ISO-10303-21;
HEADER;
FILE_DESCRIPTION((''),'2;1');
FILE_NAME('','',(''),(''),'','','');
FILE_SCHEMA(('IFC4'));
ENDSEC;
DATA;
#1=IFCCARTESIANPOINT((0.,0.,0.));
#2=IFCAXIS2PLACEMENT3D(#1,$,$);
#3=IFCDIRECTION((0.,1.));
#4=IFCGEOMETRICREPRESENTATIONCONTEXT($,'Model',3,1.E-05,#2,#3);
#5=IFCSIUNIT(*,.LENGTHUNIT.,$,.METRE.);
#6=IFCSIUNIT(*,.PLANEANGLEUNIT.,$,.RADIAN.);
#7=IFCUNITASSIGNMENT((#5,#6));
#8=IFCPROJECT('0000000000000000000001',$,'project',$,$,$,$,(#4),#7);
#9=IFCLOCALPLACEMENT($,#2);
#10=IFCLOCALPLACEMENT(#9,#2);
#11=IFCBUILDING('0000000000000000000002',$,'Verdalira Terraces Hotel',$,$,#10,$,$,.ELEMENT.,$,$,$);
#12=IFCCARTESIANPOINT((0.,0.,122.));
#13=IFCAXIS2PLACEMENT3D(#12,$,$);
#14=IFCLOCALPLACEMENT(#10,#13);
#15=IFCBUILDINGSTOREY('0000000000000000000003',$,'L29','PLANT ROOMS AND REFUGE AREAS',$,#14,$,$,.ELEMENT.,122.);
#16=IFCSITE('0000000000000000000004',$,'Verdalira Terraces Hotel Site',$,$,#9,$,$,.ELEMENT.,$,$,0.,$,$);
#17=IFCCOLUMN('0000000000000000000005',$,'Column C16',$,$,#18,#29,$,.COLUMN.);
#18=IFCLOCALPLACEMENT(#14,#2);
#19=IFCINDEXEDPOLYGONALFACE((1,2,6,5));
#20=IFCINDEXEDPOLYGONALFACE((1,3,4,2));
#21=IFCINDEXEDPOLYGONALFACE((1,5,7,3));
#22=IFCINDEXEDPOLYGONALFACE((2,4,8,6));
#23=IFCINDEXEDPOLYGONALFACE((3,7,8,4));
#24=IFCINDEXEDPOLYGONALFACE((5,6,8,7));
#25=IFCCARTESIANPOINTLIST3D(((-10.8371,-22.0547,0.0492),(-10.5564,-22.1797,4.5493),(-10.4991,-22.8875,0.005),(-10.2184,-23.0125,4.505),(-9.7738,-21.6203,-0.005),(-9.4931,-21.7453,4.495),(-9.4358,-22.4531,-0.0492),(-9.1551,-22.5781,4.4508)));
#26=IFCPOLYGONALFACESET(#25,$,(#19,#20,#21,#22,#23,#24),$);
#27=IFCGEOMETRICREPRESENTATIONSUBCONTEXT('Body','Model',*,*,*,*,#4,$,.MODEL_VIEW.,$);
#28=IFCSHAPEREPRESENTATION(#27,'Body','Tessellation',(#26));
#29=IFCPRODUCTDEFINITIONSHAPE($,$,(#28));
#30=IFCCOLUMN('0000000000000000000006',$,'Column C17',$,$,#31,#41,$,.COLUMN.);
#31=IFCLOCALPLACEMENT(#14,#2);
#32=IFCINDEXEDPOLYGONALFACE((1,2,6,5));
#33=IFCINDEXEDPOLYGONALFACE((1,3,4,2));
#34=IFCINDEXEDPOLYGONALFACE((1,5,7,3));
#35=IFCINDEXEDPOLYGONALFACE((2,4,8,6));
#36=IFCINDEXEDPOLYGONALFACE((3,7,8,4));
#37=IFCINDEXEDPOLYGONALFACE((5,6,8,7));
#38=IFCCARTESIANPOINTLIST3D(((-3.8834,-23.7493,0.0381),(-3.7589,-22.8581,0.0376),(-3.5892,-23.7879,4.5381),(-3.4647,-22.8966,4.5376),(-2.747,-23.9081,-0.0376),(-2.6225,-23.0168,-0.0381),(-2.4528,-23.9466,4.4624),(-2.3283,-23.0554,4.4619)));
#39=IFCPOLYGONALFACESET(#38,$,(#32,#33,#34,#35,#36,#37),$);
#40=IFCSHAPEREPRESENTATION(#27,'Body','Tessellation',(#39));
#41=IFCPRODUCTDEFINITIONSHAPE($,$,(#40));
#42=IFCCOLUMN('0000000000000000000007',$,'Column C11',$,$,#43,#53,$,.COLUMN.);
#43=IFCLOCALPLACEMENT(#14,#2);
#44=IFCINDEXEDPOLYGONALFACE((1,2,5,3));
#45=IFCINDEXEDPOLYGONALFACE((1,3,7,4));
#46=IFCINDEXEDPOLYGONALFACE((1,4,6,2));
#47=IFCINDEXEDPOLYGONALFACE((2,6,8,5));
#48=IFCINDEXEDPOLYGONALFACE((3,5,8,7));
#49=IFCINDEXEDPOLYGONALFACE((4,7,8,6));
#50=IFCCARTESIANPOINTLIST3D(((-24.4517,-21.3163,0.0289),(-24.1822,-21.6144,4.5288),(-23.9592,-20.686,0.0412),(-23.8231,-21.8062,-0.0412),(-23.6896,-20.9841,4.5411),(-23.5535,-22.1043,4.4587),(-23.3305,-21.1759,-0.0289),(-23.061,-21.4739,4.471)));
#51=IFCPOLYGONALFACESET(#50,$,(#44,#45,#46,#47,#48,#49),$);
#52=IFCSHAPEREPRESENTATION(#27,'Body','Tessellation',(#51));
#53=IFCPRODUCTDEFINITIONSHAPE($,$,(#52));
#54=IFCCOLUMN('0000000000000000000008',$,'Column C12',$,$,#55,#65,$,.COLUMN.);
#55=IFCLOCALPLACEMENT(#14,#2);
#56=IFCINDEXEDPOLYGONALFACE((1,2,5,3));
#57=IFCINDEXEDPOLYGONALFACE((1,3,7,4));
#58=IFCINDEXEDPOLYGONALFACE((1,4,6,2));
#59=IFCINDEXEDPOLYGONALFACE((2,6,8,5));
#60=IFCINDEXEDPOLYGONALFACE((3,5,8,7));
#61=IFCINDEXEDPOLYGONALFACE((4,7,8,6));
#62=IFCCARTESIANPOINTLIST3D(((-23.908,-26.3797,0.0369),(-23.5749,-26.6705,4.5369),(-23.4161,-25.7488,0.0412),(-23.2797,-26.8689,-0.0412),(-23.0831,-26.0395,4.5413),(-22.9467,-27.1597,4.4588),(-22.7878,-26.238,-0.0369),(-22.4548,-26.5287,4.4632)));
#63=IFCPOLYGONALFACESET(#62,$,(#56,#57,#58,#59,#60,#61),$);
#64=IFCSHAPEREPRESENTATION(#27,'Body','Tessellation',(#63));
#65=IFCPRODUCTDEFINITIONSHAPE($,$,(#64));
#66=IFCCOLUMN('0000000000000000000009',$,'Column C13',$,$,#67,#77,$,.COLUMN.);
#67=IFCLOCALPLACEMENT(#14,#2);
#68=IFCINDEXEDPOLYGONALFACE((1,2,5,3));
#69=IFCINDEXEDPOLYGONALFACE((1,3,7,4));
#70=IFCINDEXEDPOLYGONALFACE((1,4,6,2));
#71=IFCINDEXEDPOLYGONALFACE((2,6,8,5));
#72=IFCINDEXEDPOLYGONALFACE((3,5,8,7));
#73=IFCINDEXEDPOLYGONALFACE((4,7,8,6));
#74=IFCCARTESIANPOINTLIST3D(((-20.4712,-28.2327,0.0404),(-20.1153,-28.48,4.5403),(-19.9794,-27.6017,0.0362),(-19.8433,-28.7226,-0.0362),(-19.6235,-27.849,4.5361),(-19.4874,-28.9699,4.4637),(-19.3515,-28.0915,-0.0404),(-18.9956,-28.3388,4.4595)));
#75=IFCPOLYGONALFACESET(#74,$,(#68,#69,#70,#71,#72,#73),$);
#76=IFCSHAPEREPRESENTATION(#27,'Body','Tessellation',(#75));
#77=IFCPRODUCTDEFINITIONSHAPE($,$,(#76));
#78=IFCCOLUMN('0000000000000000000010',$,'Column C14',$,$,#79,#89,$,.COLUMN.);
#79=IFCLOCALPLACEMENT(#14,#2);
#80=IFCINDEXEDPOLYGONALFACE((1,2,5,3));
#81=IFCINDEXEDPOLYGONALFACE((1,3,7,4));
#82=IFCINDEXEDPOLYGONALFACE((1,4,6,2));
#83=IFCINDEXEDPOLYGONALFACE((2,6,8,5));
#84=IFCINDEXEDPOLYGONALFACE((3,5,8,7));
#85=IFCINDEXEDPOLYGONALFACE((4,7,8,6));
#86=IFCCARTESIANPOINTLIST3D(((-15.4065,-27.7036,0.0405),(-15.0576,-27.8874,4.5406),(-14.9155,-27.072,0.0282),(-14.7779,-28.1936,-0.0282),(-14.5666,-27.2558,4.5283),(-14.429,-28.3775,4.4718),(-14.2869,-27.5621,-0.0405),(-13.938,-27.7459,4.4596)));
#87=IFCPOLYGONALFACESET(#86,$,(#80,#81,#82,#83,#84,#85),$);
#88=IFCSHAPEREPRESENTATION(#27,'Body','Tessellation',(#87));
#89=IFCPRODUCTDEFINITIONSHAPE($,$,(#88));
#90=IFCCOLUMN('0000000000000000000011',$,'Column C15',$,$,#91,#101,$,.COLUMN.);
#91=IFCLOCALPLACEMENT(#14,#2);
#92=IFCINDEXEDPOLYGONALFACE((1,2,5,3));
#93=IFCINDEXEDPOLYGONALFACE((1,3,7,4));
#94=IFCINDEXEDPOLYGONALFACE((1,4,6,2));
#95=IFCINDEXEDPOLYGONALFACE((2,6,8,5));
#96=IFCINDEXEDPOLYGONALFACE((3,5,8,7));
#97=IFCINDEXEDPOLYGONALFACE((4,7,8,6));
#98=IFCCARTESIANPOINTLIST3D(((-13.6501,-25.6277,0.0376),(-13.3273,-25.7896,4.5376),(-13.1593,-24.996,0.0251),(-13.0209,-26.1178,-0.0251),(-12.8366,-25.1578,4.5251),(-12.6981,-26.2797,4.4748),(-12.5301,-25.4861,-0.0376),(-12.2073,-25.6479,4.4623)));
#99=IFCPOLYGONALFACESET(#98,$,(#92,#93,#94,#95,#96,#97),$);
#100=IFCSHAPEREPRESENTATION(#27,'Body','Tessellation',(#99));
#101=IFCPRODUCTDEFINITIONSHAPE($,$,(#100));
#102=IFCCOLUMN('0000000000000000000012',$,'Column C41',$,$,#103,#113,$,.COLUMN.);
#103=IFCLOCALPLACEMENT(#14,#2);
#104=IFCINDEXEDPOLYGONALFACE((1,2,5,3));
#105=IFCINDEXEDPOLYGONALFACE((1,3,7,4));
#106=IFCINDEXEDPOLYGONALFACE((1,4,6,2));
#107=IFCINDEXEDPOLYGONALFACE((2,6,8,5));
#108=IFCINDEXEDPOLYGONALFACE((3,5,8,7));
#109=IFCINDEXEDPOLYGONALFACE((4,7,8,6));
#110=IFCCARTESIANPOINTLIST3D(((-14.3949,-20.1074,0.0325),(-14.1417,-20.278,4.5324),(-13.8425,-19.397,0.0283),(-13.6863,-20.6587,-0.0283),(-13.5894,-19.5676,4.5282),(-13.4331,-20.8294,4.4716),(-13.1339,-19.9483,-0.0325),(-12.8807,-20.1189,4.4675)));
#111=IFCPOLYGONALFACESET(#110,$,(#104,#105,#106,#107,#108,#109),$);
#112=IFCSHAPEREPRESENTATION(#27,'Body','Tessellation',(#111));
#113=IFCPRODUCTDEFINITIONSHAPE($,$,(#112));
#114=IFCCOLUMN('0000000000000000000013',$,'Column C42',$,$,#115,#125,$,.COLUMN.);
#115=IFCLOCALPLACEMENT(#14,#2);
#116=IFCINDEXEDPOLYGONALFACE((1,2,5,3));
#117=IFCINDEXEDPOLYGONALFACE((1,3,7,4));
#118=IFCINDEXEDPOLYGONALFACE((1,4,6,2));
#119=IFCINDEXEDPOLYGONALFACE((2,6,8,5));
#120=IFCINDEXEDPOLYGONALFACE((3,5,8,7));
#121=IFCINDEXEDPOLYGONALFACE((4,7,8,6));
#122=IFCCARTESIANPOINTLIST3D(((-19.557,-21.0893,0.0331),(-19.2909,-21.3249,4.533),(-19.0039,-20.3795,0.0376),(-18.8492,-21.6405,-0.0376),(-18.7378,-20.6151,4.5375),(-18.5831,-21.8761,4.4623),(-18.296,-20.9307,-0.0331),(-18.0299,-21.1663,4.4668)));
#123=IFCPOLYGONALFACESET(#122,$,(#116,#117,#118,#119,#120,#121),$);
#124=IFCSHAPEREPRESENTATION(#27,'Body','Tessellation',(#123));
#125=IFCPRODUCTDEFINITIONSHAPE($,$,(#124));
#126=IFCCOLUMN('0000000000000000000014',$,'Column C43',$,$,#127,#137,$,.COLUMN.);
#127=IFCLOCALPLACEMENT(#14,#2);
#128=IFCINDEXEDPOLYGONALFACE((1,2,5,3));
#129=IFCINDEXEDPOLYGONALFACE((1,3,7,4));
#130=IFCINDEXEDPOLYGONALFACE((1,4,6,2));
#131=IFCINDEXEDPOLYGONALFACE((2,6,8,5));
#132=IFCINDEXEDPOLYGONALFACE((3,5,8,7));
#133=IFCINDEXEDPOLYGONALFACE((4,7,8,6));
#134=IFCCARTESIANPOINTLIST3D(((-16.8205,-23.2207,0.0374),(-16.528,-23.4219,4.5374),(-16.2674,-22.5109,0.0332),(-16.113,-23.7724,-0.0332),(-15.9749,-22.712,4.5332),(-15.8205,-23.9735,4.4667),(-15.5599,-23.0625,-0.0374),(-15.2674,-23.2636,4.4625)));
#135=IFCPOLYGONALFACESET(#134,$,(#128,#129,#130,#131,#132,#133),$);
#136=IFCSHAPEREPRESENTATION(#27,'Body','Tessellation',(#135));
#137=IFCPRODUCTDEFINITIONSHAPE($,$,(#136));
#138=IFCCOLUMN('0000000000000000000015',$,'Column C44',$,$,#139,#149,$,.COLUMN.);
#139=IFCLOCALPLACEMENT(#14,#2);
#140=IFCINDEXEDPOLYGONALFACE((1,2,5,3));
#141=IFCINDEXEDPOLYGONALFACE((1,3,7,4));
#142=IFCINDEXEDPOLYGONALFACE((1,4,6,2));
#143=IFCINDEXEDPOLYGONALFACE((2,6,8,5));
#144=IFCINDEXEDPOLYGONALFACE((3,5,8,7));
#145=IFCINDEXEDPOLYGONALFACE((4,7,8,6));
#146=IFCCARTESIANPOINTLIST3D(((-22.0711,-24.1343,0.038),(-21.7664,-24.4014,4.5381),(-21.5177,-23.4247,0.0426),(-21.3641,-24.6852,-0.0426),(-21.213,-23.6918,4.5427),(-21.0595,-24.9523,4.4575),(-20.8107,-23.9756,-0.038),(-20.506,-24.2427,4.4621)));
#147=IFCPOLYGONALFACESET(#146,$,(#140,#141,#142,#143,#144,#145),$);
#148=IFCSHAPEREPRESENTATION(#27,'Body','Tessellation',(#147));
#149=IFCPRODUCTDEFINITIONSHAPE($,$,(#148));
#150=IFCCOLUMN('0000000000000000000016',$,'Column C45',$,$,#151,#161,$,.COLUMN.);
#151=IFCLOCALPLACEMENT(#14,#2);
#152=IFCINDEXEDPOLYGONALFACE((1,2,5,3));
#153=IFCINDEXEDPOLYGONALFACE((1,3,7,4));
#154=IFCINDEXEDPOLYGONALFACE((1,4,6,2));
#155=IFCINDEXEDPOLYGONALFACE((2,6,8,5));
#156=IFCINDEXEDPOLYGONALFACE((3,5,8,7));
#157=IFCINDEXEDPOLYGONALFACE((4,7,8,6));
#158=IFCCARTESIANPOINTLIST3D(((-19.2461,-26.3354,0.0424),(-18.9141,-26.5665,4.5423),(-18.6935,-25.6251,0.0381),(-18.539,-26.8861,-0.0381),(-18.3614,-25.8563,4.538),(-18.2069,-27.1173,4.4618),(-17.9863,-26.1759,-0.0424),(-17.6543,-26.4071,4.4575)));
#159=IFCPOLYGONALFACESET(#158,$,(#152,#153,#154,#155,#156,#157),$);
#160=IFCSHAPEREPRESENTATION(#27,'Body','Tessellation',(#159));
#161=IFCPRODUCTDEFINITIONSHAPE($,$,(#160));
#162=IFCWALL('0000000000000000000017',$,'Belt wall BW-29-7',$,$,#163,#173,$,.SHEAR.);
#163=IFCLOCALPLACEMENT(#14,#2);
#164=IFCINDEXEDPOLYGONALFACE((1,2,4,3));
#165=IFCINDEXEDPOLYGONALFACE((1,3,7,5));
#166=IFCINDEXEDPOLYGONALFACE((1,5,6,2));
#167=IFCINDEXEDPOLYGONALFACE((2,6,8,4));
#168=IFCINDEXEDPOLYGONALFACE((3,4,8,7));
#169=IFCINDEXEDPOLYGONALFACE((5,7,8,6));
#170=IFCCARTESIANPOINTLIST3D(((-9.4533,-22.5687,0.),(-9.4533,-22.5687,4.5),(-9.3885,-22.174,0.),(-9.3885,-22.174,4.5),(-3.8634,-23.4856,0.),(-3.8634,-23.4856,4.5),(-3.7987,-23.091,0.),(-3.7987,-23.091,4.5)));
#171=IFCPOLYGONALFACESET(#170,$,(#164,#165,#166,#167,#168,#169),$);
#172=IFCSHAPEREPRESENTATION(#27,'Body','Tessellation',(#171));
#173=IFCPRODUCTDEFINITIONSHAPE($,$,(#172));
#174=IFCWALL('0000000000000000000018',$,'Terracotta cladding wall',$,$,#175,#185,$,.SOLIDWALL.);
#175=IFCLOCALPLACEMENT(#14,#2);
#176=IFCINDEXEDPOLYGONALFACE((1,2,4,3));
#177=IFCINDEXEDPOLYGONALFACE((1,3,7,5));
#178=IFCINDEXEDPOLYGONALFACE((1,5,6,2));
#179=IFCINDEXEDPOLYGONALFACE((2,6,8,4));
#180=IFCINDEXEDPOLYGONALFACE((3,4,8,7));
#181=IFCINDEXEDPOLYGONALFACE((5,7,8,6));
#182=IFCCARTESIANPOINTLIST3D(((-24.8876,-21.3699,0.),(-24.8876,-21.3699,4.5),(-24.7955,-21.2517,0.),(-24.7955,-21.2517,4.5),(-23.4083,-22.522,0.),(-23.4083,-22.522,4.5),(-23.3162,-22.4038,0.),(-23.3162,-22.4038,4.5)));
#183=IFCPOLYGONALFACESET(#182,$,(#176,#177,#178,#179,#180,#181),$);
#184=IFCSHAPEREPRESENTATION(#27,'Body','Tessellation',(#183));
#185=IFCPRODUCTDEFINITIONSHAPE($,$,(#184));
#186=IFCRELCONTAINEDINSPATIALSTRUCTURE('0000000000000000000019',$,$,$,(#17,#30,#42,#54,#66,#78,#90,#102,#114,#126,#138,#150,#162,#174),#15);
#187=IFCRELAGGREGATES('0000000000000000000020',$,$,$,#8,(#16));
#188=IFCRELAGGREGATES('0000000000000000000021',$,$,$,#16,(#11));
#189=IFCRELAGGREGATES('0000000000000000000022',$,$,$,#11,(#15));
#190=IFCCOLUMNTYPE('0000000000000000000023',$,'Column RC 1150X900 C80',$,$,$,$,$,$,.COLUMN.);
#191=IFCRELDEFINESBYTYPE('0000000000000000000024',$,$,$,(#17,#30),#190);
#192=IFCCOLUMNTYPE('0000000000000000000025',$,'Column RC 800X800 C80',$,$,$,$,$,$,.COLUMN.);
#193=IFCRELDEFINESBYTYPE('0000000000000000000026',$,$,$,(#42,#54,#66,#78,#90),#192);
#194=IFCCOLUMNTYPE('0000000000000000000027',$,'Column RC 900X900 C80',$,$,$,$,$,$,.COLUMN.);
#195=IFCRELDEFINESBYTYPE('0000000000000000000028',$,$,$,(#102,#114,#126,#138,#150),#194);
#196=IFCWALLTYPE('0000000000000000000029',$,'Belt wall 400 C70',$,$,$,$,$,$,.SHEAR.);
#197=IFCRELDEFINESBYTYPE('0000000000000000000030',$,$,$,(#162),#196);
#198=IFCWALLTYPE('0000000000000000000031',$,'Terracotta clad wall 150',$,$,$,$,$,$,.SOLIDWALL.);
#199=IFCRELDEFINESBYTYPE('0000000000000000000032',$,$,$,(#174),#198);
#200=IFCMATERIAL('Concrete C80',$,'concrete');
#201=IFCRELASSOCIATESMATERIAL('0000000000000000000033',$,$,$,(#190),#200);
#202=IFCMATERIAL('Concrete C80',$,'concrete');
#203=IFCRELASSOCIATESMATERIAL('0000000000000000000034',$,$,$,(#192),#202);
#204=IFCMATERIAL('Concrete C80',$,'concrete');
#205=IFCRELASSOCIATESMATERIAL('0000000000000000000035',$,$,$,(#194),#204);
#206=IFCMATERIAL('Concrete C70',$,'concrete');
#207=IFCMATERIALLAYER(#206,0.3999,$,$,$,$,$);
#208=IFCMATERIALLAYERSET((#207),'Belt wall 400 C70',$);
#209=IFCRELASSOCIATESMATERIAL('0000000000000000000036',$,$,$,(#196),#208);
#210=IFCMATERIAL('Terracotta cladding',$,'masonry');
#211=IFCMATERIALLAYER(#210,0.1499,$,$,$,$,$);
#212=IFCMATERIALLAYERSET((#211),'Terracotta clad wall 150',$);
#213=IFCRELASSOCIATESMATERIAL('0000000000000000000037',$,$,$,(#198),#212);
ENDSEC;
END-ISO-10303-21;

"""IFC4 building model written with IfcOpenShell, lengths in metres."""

from ifc_helpers import new_model, si_unit, direction, frame, frame_2d, origin, origin_2d, place, context, subcontext, project, spatial, rectangle, extrude, material, layer, layer_set, material_profile, profile_set, type_object, element, save


model = new_model("IFC4")

# Units and contexts
model_context = context("Model", 3, precision=1e-05, world=origin(), true_north=direction((0.0, 1.0)))
body_context = subcontext(model_context, "Body", "Model", "MODEL_VIEW")
ifc_project = project(units=[si_unit("LENGTHUNIT", "METRE"), si_unit("PLANEANGLEUNIT", "RADIAN")], contexts=[model_context])

# Site, building, storey
site_placement = place(None, origin())
site = spatial("IfcSite", under=ifc_project, at=site_placement, Name="Verdalira Terraces Hotel Site", CompositionType="ELEMENT", RefElevation=0.0)
building_placement = place(site_placement, origin())
building = spatial("IfcBuilding", under=site, at=building_placement, Name="Verdalira Terraces Hotel", CompositionType="ELEMENT")
storey_placement = place(building_placement, frame((0.0, 0.0, 122.0)))
storey = spatial("IfcBuildingStorey", under=building, at=storey_placement, Name="L29", Description="PLANT ROOMS AND REFUGE AREAS", CompositionType="ELEMENT", Elevation=122.0)

# Columns
ifc_material_1 = material(Name="Concrete C80", Category="concrete")
ifc_material_profile_1 = material_profile(ifc_material_1, rectangle(XDim=1.1499, YDim=0.8999, at=origin_2d()), Name="RC 1150X900")
ifc_profile_set_1 = profile_set([ifc_material_profile_1], Name="Concrete C80")
column_type_1 = type_object("IfcColumnType", Name="Column RC 1150X900 C80", PredefinedType="COLUMN", material=ifc_profile_set_1)
column_1_placement = place(storey_placement, frame((-10.1365, -22.2539, 0.0), z_axis=(0.062246, -0.027713, 0.997676), x_axis=(-0.92469, -0.377785, 0.047199)))
element("IfcColumn", 1, at=column_1_placement, inside=storey, type_object=column_type_1, Name="Column C16", PredefinedType="COLUMN", context=body_context, shape_type="SweptSolid", body=[
    extrude(rectangle(XDim=1.1499, YDim=0.8999, at=origin_2d()), origin(), (0.0, 0.0, 1.0), 4.5105),
])
column_2_placement = place(storey_placement, frame((-3.2529, -23.3831, 0.0), z_axis=(0.065234, -0.008553, 0.997833), x_axis=(0.988238, -0.138045, -0.06579)))
element("IfcColumn", 2, at=column_2_placement, inside=storey, type_object=column_type_1, Name="Column C17", PredefinedType="COLUMN", context=body_context, shape_type="SweptSolid", body=[
    extrude(rectangle(XDim=1.1499, YDim=0.8999, at=origin_2d()), origin(), (0.0, 0.0, 1.0), 4.5098),
])
ifc_material_2 = material(Name="Concrete C80", Category="concrete")
ifc_material_profile_2 = material_profile(ifc_material_2, rectangle(XDim=0.8, YDim=0.8, at=origin_2d()), Name="RC 800X800")
ifc_profile_set_2 = profile_set([ifc_material_profile_2], Name="Concrete C80")
column_type_2 = type_object("IfcColumnType", Name="Column RC 800X800 C80", PredefinedType="COLUMN", material=ifc_profile_set_2)
column_3_placement = place(storey_placement, frame((-23.8911, -21.2461, 0.0), z_axis=(0.059658, -0.065981, 0.996036), x_axis=(-0.615648, -0.787872, -0.015317)))
element("IfcColumn", 3, at=column_3_placement, inside=storey, type_object=column_type_2, Name="Column C11", PredefinedType="COLUMN", context=body_context, shape_type="SweptSolid", body=[
    extrude(rectangle(XDim=0.8, YDim=0.8, at=origin_2d()), origin(), (0.0, 0.0, 1.0), 4.5178),
])
column_4_placement = place(storey_placement, frame((-23.3479, -26.3088, 0.0), z_axis=(0.073647, -0.064306, 0.995209), x_axis=(0.785228, -0.611464, -0.097618)))
element("IfcColumn", 4, at=column_4_placement, inside=storey, type_object=column_type_2, Name="Column C12", PredefinedType="COLUMN", context=body_context, shape_type="SweptSolid", body=[
    extrude(rectangle(XDim=0.8, YDim=0.8, at=origin_2d()), origin(), (0.0, 0.0, 1.0), 4.5217),
])
column_5_placement = place(storey_placement, frame((-19.9114, -28.1621, 0.0), z_axis=(0.078737, -0.054706, 0.995393), x_axis=(0.784829, -0.612273, -0.095731)))
element("IfcColumn", 5, at=column_5_placement, inside=storey, type_object=column_type_2, Name="Column C13", PredefinedType="COLUMN", context=body_context, shape_type="SweptSolid", body=[
    extrude(rectangle(XDim=0.8, YDim=0.8, at=origin_2d()), origin(), (0.0, 0.0, 1.0), 4.5208),
])
column_6_placement = place(storey_placement, frame((-14.8467, -27.6328, 0.0), z_axis=(0.077232, -0.040697, 0.996182), x_axis=(0.613697, 0.789393, -0.01533)))
element("IfcColumn", 6, at=column_6_placement, inside=storey, type_object=column_type_2, Name="Column C14", PredefinedType="COLUMN", context=body_context, shape_type="SweptSolid", body=[
    extrude(rectangle(XDim=0.8, YDim=0.8, at=origin_2d()), origin(), (0.0, 0.0, 1.0), 4.5173),
])
column_7_placement = place(storey_placement, frame((-13.0901, -25.5569, 0.0), z_axis=(0.071493, -0.035855, 0.996796), x_axis=(0.613426, 0.789598, -0.015595)))
element("IfcColumn", 7, at=column_7_placement, inside=storey, type_object=column_type_2, Name="Column C15", PredefinedType="COLUMN", context=body_context, shape_type="SweptSolid", body=[
    extrude(rectangle(XDim=0.8, YDim=0.8, at=origin_2d()), origin(), (0.0, 0.0, 1.0), 4.5144),
])
ifc_material_3 = material(Name="Concrete C80", Category="concrete")
ifc_material_profile_3 = material_profile(ifc_material_3, rectangle(XDim=0.8999, YDim=0.8999, at=origin_2d()), Name="RC 900X900")
ifc_profile_set_3 = profile_set([ifc_material_profile_3], Name="Concrete C80")
column_type_3 = type_object("IfcColumnType", Name="Column RC 900X900 C80", PredefinedType="COLUMN", material=ifc_profile_set_3)
column_8_placement = place(storey_placement, frame((-13.7644, -20.0278, 0.0), z_axis=(0.056132, -0.037836, 0.997706), x_axis=(-0.6138, -0.789448, 0.004594)))
element("IfcColumn", 8, at=column_8_placement, inside=storey, type_object=column_type_3, Name="Column C41", PredefinedType="COLUMN", context=body_context, shape_type="SweptSolid", body=[
    extrude(rectangle(XDim=0.8999, YDim=0.8999, at=origin_2d()), origin(), (0.0, 0.0, 1.0), 4.5103),
])
for number, where, z_axis, x_axis, name in (
    (9, (-18.9265, -21.01, 0.0), (0.058953, -0.052192, 0.996895), (-0.614663, -0.788774, -0.004947), "Column C42"),
    (10, (-16.1902, -23.1416, 0.0), (0.064794, -0.044566, 0.996903), (-0.614588, -0.788835, 0.004681), "Column C43"),
):
    element("IfcColumn", number, at=place(storey_placement, frame(where, z_axis=z_axis, x_axis=x_axis)), inside=storey, type_object=column_type_3, Name=name, PredefinedType="COLUMN", context=body_context, shape_type="SweptSolid", body=[
        extrude(rectangle(XDim=0.8999, YDim=0.8999, at=origin_2d()), origin(), (0.0, 0.0, 1.0), 4.5139),
    ])
column_9_placement = place(storey_placement, frame((-21.4409, -24.0549, 0.0), z_axis=(0.067436, -0.059114, 0.995971), x_axis=(-0.615007, -0.788505, -0.005159)))
element("IfcColumn", 11, at=column_9_placement, inside=storey, type_object=column_type_3, Name="Column C44", PredefinedType="COLUMN", context=body_context, shape_type="SweptSolid", body=[
    extrude(rectangle(XDim=0.8999, YDim=0.8999, at=origin_2d()), origin(), (0.0, 0.0, 1.0), 4.5183),
])
column_10_placement = place(storey_placement, frame((-18.6162, -26.2556, 0.0), z_axis=(0.073488, -0.051172, 0.995982), x_axis=(-0.614113, -0.789204, 0.004764)))
element("IfcColumn", 12, at=column_10_placement, inside=storey, type_object=column_type_3, Name="Column C45", PredefinedType="COLUMN", context=body_context, shape_type="SweptSolid", body=[
    extrude(rectangle(XDim=0.8999, YDim=0.8999, at=origin_2d()), origin(), (0.0, 0.0, 1.0), 4.5181),
])

# Walls
ifc_material_4 = material(Name="Concrete C70", Category="concrete")
ifc_layer_1 = layer(ifc_material_4, 0.3999)
ifc_layer_set_1 = layer_set([ifc_layer_1], Name="Belt wall 400 C70")
wall_type_1 = type_object("IfcWallType", Name="Belt wall 400 C70", PredefinedType="SHEAR", material=ifc_layer_set_1)
wall_1_placement = place(storey_placement, frame((-9.4209, -22.3713, 0.0), z_axis=(0.0, 0.0, 1.0), x_axis=(0.98681, -0.161882, 0.0)))
element("IfcWall", 13, at=wall_1_placement, inside=storey, type_object=wall_type_1, Name="Belt wall BW-29-7", PredefinedType="SHEAR", context=body_context, shape_type="SweptSolid", body=[
    extrude(rectangle(XDim=5.6646, YDim=0.3999, at=frame_2d((2.8323, 0.0))), origin(), (0.0, 0.0, 1.0), 4.5),
])
ifc_material_5 = material(Name="Terracotta cladding", Category="masonry")
ifc_layer_2 = layer(ifc_material_5, 0.1499)
ifc_layer_set_2 = layer_set([ifc_layer_2], Name="Terracotta clad wall 150")
wall_type_2 = type_object("IfcWallType", Name="Terracotta clad wall 150", PredefinedType="SOLIDWALL", material=ifc_layer_set_2)
wall_2_placement = place(storey_placement, frame((-24.8416, -21.3108, 0.0), z_axis=(0.0, 0.0, 1.0), x_axis=(0.788945, -0.614463, 0.0)))
element("IfcWall", 14, at=wall_2_placement, inside=storey, type_object=wall_type_2, Name="Terracotta cladding wall", PredefinedType="SOLIDWALL", context=body_context, shape_type="SweptSolid", body=[
    extrude(rectangle(XDim=1.875, YDim=0.1499, at=frame_2d((0.9375, 0.0))), origin(), (0.0, 0.0, 1.0), 4.5),
])

save(model, "model.ifc")
